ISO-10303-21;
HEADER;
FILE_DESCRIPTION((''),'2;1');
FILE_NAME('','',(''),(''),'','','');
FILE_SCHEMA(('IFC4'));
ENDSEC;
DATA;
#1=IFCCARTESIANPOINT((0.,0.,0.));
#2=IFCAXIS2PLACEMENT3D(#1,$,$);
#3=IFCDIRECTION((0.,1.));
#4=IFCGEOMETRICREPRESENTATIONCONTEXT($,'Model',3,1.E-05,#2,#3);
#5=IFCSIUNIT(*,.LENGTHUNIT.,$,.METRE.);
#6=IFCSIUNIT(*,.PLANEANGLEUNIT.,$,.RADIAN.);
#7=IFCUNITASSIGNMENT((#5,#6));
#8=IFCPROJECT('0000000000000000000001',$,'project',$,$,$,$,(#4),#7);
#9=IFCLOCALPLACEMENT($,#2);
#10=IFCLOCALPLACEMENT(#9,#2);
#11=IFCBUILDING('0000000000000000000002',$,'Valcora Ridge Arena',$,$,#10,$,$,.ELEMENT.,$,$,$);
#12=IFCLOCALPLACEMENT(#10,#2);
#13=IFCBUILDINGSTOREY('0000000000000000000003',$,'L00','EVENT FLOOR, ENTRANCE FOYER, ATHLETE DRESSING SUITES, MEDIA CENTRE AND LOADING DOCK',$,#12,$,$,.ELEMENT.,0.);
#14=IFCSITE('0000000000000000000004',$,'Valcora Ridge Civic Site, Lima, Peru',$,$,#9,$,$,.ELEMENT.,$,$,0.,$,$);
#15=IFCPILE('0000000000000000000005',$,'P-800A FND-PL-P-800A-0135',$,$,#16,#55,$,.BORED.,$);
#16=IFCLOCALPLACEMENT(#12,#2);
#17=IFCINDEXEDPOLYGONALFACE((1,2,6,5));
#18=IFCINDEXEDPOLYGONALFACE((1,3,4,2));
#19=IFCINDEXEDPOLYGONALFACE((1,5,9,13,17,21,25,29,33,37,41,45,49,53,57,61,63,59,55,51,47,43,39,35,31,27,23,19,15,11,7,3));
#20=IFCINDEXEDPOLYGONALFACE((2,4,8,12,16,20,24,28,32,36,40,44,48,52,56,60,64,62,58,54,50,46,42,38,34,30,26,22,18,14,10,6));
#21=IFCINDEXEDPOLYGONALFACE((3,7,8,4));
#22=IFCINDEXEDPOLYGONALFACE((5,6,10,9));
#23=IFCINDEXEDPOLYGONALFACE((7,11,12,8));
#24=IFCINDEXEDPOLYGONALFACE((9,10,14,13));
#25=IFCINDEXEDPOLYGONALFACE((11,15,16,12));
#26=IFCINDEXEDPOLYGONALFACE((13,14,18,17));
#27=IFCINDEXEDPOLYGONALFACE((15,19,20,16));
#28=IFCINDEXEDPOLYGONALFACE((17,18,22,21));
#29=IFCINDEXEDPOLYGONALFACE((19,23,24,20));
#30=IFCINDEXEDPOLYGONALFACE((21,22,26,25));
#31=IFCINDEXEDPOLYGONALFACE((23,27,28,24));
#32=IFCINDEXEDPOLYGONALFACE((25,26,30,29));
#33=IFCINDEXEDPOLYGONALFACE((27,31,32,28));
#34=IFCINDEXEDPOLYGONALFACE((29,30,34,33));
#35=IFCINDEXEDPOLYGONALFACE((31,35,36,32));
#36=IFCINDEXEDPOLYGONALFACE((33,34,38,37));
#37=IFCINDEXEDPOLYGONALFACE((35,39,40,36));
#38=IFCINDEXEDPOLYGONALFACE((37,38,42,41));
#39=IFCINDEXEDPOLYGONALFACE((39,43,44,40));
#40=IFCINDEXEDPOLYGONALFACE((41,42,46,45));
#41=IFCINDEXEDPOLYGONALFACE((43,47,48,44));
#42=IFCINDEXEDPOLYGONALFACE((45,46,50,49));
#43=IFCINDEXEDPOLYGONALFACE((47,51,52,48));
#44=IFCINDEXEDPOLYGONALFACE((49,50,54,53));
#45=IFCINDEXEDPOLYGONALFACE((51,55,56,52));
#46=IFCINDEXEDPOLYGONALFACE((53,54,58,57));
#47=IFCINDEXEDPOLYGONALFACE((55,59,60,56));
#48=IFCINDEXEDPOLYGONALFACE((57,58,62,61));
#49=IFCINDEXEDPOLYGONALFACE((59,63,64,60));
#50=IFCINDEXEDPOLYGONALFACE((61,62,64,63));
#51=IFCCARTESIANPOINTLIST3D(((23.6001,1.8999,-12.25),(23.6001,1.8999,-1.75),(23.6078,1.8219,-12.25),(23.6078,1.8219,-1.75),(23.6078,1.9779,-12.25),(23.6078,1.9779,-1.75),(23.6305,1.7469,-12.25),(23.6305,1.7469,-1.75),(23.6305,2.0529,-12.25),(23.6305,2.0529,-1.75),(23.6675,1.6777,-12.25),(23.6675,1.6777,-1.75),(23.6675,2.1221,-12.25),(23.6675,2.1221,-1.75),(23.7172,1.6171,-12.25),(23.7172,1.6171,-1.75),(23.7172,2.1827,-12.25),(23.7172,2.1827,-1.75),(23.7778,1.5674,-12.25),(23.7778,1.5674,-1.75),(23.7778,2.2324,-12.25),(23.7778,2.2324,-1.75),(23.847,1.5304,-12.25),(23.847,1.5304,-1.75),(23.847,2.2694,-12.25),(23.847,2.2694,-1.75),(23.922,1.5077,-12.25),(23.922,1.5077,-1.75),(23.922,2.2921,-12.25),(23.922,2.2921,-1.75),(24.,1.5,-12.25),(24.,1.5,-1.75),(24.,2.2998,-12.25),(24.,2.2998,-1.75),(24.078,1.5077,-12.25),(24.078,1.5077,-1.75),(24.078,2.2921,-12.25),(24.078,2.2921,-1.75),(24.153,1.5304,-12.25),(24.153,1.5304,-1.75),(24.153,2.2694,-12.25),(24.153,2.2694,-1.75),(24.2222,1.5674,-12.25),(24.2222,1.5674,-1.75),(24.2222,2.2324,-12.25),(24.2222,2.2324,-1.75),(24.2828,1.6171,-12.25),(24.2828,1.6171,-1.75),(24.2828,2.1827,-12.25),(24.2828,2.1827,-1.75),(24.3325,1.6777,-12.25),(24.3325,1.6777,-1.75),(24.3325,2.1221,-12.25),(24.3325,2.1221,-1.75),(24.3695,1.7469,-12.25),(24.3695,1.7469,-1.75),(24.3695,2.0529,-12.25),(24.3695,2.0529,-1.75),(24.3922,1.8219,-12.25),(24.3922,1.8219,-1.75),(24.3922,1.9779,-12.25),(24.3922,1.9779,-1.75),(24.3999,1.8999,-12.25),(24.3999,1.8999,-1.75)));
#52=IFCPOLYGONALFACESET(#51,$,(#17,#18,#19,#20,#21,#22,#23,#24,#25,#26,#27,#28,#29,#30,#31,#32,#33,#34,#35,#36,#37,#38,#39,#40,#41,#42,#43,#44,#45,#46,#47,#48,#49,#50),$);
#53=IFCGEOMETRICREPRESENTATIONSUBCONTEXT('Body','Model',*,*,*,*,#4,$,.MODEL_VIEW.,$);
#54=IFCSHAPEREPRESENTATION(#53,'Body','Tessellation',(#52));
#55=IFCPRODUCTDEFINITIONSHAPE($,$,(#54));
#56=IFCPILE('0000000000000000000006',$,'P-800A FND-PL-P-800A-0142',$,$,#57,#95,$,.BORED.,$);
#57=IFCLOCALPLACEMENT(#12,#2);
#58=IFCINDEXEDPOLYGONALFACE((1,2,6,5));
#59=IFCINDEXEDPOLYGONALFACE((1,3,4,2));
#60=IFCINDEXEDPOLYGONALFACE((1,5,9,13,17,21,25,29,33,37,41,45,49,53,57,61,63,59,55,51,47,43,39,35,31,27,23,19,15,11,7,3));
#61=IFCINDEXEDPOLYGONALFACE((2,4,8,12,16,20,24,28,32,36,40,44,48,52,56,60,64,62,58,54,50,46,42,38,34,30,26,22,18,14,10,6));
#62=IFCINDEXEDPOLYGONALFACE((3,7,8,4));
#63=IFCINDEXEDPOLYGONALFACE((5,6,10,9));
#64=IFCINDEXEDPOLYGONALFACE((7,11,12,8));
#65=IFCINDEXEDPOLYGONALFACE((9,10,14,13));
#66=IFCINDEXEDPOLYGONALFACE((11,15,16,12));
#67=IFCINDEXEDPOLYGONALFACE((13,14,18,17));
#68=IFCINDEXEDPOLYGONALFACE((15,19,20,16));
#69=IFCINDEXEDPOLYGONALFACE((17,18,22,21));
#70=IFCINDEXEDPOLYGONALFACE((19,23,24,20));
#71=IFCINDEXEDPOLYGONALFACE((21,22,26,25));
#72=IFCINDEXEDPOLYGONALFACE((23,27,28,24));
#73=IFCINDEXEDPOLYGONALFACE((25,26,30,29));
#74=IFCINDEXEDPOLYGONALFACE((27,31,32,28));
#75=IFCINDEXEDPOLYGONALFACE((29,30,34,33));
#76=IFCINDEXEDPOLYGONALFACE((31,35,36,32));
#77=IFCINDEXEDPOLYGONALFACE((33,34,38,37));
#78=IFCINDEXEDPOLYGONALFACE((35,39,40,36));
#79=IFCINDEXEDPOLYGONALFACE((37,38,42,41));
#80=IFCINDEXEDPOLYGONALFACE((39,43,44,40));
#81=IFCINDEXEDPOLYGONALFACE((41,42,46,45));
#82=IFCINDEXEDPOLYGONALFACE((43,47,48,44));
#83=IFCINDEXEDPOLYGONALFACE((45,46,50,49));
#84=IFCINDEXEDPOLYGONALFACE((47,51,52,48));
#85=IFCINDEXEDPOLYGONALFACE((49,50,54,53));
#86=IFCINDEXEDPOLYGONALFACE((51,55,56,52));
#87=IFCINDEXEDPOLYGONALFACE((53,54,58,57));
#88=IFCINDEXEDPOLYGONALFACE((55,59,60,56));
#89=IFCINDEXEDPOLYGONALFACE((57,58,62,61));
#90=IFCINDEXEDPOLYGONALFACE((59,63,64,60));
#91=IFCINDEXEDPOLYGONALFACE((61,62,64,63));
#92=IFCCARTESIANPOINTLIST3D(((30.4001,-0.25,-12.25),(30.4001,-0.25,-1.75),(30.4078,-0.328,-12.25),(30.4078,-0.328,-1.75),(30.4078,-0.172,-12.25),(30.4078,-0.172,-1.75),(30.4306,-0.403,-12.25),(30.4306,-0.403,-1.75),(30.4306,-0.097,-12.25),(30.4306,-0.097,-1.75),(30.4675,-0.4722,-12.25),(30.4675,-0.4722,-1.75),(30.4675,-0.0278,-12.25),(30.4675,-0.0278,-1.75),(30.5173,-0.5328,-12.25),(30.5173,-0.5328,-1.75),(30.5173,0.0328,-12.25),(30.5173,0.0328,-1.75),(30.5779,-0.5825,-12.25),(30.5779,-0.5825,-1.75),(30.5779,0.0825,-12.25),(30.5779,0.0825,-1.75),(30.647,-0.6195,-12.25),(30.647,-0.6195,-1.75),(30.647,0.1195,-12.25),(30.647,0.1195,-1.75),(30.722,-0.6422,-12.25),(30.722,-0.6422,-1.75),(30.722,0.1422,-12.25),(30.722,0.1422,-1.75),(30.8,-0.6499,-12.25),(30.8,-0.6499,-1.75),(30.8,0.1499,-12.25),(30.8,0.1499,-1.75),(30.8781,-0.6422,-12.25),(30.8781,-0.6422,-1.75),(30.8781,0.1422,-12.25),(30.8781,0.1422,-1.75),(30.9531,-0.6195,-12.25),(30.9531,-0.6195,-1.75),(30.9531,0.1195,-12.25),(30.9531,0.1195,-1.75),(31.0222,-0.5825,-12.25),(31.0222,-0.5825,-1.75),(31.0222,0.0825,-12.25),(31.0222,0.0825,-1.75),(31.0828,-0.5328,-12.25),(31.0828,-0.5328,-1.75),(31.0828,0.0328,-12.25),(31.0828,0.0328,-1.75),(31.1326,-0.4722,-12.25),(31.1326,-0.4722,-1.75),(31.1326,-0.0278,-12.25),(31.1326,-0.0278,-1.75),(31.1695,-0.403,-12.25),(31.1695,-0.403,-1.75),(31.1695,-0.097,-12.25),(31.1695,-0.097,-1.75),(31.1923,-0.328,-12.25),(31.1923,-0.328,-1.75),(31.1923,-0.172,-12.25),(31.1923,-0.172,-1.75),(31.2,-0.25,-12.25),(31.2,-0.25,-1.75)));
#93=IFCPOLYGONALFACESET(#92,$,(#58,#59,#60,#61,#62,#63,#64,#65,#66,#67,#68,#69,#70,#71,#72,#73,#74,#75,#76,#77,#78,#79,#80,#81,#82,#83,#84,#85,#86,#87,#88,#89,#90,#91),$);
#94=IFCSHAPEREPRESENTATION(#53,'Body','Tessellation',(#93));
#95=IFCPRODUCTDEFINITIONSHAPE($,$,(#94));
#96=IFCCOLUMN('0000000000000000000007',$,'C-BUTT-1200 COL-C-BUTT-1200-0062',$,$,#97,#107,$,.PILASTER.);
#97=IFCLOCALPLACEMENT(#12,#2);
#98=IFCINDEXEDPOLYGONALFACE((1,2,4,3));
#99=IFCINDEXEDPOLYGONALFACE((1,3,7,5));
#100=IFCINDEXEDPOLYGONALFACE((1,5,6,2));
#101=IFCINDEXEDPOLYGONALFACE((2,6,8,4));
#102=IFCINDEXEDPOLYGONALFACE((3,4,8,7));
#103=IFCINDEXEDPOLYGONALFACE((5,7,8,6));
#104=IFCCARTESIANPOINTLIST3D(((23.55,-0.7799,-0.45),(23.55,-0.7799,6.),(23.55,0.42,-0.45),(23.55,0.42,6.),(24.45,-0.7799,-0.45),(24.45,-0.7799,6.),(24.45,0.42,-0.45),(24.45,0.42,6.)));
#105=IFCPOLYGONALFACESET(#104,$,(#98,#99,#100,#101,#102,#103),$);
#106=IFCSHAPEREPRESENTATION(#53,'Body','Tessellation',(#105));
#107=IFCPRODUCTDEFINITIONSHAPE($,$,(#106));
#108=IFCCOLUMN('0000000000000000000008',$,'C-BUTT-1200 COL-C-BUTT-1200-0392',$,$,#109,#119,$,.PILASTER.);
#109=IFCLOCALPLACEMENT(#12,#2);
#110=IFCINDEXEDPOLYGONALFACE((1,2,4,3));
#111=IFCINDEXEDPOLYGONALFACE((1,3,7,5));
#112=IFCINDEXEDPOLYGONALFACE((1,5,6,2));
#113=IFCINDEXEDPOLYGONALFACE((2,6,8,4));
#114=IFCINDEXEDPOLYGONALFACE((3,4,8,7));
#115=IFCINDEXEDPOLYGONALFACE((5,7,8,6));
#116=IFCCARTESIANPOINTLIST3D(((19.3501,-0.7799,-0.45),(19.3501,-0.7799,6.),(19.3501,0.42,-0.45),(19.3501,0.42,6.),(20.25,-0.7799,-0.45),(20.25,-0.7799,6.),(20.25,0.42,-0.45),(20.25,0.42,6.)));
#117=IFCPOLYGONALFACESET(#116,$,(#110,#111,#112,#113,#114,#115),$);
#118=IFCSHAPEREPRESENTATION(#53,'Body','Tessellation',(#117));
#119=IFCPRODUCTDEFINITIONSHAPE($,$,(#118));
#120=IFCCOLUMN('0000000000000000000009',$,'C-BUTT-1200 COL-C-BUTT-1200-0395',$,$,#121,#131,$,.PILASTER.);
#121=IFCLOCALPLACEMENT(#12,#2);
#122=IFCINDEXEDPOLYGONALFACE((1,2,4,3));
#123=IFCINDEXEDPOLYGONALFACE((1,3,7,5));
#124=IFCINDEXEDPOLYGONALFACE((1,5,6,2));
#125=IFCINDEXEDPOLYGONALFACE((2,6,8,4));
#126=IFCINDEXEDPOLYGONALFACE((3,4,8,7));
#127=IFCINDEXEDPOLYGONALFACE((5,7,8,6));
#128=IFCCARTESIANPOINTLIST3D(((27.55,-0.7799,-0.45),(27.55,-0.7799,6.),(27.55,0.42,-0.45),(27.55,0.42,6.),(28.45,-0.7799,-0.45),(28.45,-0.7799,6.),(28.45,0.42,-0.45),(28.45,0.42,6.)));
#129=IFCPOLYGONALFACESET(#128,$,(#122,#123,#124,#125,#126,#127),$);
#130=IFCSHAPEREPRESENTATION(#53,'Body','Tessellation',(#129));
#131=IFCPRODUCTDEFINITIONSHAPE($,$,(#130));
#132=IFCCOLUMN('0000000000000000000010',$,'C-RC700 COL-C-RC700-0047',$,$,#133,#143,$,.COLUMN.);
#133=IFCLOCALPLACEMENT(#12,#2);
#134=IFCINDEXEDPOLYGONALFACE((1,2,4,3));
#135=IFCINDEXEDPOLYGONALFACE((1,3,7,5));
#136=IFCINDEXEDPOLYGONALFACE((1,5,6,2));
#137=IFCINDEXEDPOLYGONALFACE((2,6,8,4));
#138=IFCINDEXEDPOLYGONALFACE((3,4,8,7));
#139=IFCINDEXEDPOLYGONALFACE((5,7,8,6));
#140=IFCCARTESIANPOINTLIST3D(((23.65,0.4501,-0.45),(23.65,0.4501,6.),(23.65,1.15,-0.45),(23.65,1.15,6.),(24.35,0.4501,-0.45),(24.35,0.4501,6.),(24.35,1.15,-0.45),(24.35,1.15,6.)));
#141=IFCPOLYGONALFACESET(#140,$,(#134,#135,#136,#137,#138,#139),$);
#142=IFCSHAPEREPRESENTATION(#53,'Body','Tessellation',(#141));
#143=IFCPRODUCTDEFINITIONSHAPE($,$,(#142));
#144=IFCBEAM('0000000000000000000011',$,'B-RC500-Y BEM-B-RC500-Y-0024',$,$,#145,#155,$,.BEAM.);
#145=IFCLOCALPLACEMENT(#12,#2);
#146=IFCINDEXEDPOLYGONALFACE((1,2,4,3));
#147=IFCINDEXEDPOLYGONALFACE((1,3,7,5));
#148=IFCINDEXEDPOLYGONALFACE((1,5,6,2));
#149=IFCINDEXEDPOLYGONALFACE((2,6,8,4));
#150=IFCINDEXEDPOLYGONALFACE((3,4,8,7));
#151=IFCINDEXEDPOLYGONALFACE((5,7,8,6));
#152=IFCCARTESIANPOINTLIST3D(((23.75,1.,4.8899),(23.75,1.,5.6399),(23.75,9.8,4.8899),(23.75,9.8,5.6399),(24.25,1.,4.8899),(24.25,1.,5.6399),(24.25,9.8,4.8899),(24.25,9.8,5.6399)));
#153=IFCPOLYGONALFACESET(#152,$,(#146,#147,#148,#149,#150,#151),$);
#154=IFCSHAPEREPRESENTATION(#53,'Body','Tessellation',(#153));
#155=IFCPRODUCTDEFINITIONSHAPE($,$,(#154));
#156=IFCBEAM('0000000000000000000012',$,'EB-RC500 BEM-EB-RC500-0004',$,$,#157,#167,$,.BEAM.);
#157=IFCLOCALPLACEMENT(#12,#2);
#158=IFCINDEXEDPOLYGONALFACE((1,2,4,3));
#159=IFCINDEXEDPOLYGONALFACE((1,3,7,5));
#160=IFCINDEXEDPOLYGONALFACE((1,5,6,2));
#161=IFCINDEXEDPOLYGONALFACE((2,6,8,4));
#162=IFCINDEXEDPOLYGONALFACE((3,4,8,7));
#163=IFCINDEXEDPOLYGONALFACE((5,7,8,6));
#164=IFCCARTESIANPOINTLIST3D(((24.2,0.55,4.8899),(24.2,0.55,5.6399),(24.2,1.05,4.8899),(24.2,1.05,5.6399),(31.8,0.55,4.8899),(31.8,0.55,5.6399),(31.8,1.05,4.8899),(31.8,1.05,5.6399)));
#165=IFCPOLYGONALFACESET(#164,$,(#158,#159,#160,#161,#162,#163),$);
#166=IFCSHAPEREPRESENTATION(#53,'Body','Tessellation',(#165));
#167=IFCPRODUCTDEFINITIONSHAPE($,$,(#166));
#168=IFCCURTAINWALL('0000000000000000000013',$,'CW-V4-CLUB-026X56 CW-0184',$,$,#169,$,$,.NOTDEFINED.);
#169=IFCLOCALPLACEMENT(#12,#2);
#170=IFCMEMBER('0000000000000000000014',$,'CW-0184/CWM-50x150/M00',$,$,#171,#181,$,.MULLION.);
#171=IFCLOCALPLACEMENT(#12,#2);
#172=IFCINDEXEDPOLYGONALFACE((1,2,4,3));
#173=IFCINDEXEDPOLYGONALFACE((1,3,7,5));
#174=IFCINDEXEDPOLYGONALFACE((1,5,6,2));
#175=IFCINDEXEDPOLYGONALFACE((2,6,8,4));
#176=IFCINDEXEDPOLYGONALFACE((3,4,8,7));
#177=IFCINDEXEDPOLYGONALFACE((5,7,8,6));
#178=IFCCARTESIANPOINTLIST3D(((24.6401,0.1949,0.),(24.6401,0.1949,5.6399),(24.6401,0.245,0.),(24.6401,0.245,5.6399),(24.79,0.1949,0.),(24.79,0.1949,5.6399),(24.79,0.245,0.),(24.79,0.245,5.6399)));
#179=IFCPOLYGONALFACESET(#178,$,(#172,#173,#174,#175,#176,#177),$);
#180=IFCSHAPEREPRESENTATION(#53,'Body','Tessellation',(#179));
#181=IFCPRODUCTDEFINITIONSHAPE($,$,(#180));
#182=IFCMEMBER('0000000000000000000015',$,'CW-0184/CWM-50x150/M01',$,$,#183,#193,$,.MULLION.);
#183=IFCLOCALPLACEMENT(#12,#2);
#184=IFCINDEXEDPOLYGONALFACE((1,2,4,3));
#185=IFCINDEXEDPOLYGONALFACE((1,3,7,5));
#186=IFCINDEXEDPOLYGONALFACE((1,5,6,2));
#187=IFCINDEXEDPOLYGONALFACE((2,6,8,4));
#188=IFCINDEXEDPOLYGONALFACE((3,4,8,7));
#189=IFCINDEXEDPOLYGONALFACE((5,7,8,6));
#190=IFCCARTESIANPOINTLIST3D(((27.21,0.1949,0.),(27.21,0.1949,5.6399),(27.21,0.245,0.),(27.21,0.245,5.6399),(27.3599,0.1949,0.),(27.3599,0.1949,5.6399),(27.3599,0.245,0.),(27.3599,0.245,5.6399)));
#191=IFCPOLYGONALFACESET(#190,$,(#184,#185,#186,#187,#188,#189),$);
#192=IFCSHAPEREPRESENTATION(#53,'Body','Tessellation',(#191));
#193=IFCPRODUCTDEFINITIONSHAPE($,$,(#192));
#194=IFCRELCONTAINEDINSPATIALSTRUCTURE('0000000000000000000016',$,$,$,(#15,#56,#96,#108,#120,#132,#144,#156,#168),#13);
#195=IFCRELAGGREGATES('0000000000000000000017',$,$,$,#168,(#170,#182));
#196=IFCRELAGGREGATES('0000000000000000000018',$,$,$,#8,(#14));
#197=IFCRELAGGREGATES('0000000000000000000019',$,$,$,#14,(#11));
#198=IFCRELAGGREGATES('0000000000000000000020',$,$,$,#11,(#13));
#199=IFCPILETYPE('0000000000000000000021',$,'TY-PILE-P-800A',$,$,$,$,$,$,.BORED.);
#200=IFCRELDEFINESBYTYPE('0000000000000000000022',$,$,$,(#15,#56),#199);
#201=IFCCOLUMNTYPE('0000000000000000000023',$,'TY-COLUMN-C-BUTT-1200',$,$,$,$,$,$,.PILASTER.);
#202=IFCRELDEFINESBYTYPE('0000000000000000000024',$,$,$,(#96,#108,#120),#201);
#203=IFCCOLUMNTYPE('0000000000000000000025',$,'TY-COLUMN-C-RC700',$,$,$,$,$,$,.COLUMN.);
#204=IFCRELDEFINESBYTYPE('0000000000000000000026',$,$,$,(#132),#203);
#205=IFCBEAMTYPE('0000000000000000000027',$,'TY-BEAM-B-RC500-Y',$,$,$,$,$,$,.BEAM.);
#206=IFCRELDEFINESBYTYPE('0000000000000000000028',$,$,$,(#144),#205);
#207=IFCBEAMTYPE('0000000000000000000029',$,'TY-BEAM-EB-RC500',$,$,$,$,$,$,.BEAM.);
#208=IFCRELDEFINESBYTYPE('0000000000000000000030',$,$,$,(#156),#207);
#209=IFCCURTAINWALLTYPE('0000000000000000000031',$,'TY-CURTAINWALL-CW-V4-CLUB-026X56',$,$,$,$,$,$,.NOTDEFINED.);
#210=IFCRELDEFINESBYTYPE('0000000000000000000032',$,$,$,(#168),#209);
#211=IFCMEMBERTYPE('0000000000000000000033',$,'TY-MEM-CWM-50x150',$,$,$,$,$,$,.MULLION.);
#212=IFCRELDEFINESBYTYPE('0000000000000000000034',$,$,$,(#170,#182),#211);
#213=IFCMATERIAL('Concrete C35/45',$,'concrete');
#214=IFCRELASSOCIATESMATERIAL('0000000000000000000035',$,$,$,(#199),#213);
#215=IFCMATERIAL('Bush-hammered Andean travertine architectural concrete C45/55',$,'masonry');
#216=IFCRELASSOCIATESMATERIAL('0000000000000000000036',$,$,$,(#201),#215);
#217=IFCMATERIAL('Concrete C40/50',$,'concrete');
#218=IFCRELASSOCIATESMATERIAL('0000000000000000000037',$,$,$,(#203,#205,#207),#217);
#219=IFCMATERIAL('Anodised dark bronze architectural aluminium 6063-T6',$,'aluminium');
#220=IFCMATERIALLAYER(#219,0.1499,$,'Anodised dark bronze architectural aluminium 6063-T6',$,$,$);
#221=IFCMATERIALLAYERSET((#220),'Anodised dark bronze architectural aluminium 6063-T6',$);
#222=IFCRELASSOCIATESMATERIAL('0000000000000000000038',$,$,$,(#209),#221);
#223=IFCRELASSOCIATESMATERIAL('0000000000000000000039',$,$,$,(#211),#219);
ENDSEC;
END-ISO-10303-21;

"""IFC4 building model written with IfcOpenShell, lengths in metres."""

from ifc_helpers import new_model, si_unit, direction, frame, origin, origin_2d, place, context, subcontext, project, spatial, rectangle, circle, extrude, material, layer, layer_set, material_profile, profile_set, type_object, element, aggregate, save


model = new_model("IFC4")

# Units and contexts
model_context = context("Model", 3, precision=1e-05, world=origin(), true_north=direction((0.0, 1.0)))
body_context = subcontext(model_context, "Body", "Model", "MODEL_VIEW")
ifc_project = project(units=[si_unit("LENGTHUNIT", "METRE"), si_unit("PLANEANGLEUNIT", "RADIAN")], contexts=[model_context])

# Site, building, storey
site_placement = place(None, origin())
site = spatial("IfcSite", under=ifc_project, at=site_placement, Name="Valcora Ridge Civic Site, Lima, Peru", CompositionType="ELEMENT", RefElevation=0.0)
building_placement = place(site_placement, origin())
building = spatial("IfcBuilding", under=site, at=building_placement, Name="Valcora Ridge Arena", CompositionType="ELEMENT")
storey_placement = place(building_placement, origin())
storey = spatial("IfcBuildingStorey", under=building, at=storey_placement, Name="L00", Description="EVENT FLOOR, ENTRANCE FOYER, ATHLETE DRESSING SUITES, MEDIA CENTRE AND LOADING DOCK", CompositionType="ELEMENT", Elevation=0.0)

# Shared definitions
ifc_material_1 = material(Name="Concrete C40/50", Category="concrete")

# Piles
ifc_material_2 = material(Name="Concrete C35/45", Category="concrete")
ifc_material_profile_1 = material_profile(ifc_material_2, circle(Radius=0.3999, at=origin_2d()), Name="BORED PILE D800")
ifc_profile_set_1 = profile_set([ifc_material_profile_1], Name="Concrete C35/45")
pile_type = type_object("IfcPileType", Name="TY-PILE-P-800A", PredefinedType="BORED", material=ifc_profile_set_1)
for number, where, z_axis, x_axis, name in (
    (1, (24.0, 1.8999, -1.75), (0.0, 0.0, -1.0), (1.0, 0.0, 0.0), "P-800A FND-PL-P-800A-0135"),
    (2, (30.8, -0.25, -1.75), (0.0, 0.0, -1.0), (1.0, 0.0, 0.0), "P-800A FND-PL-P-800A-0142"),
):
    element("IfcPile", number, at=place(storey_placement, frame(where, z_axis=z_axis, x_axis=x_axis)), inside=storey, type_object=pile_type, Name=name, PredefinedType="BORED", context=body_context, shape_type="SweptSolid", body=[
        extrude(circle(Radius=0.3999, at=origin_2d()), origin(), (0.0, 0.0, 1.0), 10.5),
    ])

# Columns
ifc_material_3 = material(Name="Bush-hammered Andean travertine architectural concrete C45/55", Category="masonry")
ifc_material_profile_2 = material_profile(ifc_material_3, rectangle(XDim=0.8999, YDim=1.2, at=origin_2d()), Name="RC 900x1200")
ifc_profile_set_2 = profile_set([ifc_material_profile_2], Name="Bush-hammered Andean travertine architectural concrete C45/55")
column_type_1 = type_object("IfcColumnType", Name="TY-COLUMN-C-BUTT-1200", PredefinedType="PILASTER", material=ifc_profile_set_2)
for number, where, z_axis, x_axis, name in (
    (3, (24.0, -0.1799, -0.45), (0.0, 0.0, 1.0), (1.0, 0.0, 0.0), "C-BUTT-1200 COL-C-BUTT-1200-0062"),
    (4, (19.8, -0.1799, -0.45), (0.0, 0.0, 1.0), (1.0, 0.0, 0.0), "C-BUTT-1200 COL-C-BUTT-1200-0392"),
    (5, (28.0, -0.1799, -0.45), (0.0, 0.0, 1.0), (1.0, 0.0, 0.0), "C-BUTT-1200 COL-C-BUTT-1200-0395"),
):
    element("IfcColumn", number, at=place(storey_placement, frame(where, z_axis=z_axis, x_axis=x_axis)), inside=storey, type_object=column_type_1, Name=name, PredefinedType="PILASTER", context=body_context, shape_type="SweptSolid", body=[
        extrude(rectangle(XDim=0.8999, YDim=1.2, at=origin_2d()), origin(), (0.0, 0.0, 1.0), 6.45),
    ])
ifc_material_profile_3 = material_profile(ifc_material_1, rectangle(XDim=0.7, YDim=0.7, at=origin_2d()), Name="RC 700x700")
ifc_profile_set_3 = profile_set([ifc_material_profile_3], Name="Concrete C40/50")
column_type_2 = type_object("IfcColumnType", Name="TY-COLUMN-C-RC700", PredefinedType="COLUMN", material=ifc_profile_set_3)
column_placement = place(storey_placement, frame((24.0, 0.8, -0.45), z_axis=(0.0, 0.0, 1.0), x_axis=(1.0, 0.0, 0.0)))
element("IfcColumn", 6, at=column_placement, inside=storey, type_object=column_type_2, Name="C-RC700 COL-C-RC700-0047", PredefinedType="COLUMN", context=body_context, shape_type="SweptSolid", body=[
    extrude(rectangle(XDim=0.7, YDim=0.7, at=origin_2d()), origin(), (0.0, 0.0, 1.0), 6.45),
])

# Beams
ifc_material_profile_4 = material_profile(ifc_material_1, rectangle(XDim=0.5, YDim=0.75, at=origin_2d()), Name="RC 500x750")
ifc_profile_set_4 = profile_set([ifc_material_profile_4], Name="Concrete C40/50")
beam_type_1 = type_object("IfcBeamType", Name="TY-BEAM-B-RC500-Y", PredefinedType="BEAM", material=ifc_profile_set_4)
beam_1_placement = place(storey_placement, frame((24.0, 1.0, 5.2649), z_axis=(0.0, 1.0, 0.0), x_axis=(-1.0, 0.0, 0.0)))
element("IfcBeam", 7, at=beam_1_placement, inside=storey, type_object=beam_type_1, Name="B-RC500-Y BEM-B-RC500-Y-0024", PredefinedType="BEAM", context=body_context, shape_type="SweptSolid", body=[
    extrude(rectangle(XDim=0.5, YDim=0.75, at=origin_2d()), origin(), (0.0, 0.0, 1.0), 8.8),
])
ifc_material_profile_5 = material_profile(ifc_material_1, rectangle(XDim=0.5, YDim=0.75, at=origin_2d()), Name="RC 500x750")
ifc_profile_set_5 = profile_set([ifc_material_profile_5], Name="Concrete C40/50")
beam_type_2 = type_object("IfcBeamType", Name="TY-BEAM-EB-RC500", PredefinedType="BEAM", material=ifc_profile_set_5)
beam_2_placement = place(storey_placement, frame((24.2, 0.8, 5.2649), z_axis=(1.0, 0.0, 0.0), x_axis=(0.0, 1.0, 0.0)))
element("IfcBeam", 8, at=beam_2_placement, inside=storey, type_object=beam_type_2, Name="EB-RC500 BEM-EB-RC500-0004", PredefinedType="BEAM", context=body_context, shape_type="SweptSolid", body=[
    extrude(rectangle(XDim=0.5, YDim=0.75, at=origin_2d()), origin(), (0.0, 0.0, 1.0), 7.6001),
])

# Curtain wall, members
ifc_material_4 = material(Name="Anodised dark bronze architectural aluminium 6063-T6", Category="aluminium")
ifc_layer_1 = layer(ifc_material_4, 0.1499, Name="Anodised dark bronze architectural aluminium 6063-T6")
ifc_layer_set_1 = layer_set([ifc_layer_1], Name="Anodised dark bronze architectural aluminium 6063-T6")
curtain_wall_type_1 = type_object("IfcCurtainWallType", Name="TY-CURTAINWALL-CW-V4-CLUB-026X56", PredefinedType="NOTDEFINED", material=ifc_layer_set_1)
curtain_wall_1_placement = place(storey_placement, origin())
curtain_wall_1 = element("IfcCurtainWall", 9, at=curtain_wall_1_placement, inside=storey, type_object=curtain_wall_type_1, Name="CW-V4-CLUB-026X56 CW-0184", PredefinedType="NOTDEFINED")
ifc_material_profile_6 = material_profile(ifc_material_4, rectangle(XDim=0.05, YDim=0.1499, at=origin_2d()), Name="ALU MULLION 50x150")
ifc_profile_set_6 = profile_set([ifc_material_profile_6], Name="Anodised dark bronze architectural aluminium 6063-T6")
member_type_1 = type_object("IfcMemberType", Name="TY-MEM-CWM-50x150", PredefinedType="MULLION", material=ifc_profile_set_6)
member_1_placement = place(storey_placement, frame((24.7151, 0.22, 0.0), z_axis=(0.0, 0.0, 1.0), x_axis=(0.0, 1.0, 0.0)))
member_1 = element("IfcMember", 10, at=member_1_placement, type_object=member_type_1, Name="CW-0184/CWM-50x150/M00", PredefinedType="MULLION", context=body_context, shape_type="SweptSolid", body=[
    extrude(rectangle(XDim=0.05, YDim=0.1499, at=origin_2d()), origin(), (0.0, 0.0, 1.0), 5.6399),
])
member_2_placement = place(storey_placement, frame((27.2849, 0.22, 0.0), z_axis=(0.0, 0.0, 1.0), x_axis=(0.0, 1.0, 0.0)))
member_2 = element("IfcMember", 11, at=member_2_placement, type_object=member_type_1, Name="CW-0184/CWM-50x150/M01", PredefinedType="MULLION", context=body_context, shape_type="SweptSolid", body=[
    extrude(rectangle(XDim=0.05, YDim=0.1499, at=origin_2d()), origin(), (0.0, 0.0, 1.0), 5.6399),
])

aggregate(curtain_wall_1, [member_1, member_2])

save(model, "model.ifc")
